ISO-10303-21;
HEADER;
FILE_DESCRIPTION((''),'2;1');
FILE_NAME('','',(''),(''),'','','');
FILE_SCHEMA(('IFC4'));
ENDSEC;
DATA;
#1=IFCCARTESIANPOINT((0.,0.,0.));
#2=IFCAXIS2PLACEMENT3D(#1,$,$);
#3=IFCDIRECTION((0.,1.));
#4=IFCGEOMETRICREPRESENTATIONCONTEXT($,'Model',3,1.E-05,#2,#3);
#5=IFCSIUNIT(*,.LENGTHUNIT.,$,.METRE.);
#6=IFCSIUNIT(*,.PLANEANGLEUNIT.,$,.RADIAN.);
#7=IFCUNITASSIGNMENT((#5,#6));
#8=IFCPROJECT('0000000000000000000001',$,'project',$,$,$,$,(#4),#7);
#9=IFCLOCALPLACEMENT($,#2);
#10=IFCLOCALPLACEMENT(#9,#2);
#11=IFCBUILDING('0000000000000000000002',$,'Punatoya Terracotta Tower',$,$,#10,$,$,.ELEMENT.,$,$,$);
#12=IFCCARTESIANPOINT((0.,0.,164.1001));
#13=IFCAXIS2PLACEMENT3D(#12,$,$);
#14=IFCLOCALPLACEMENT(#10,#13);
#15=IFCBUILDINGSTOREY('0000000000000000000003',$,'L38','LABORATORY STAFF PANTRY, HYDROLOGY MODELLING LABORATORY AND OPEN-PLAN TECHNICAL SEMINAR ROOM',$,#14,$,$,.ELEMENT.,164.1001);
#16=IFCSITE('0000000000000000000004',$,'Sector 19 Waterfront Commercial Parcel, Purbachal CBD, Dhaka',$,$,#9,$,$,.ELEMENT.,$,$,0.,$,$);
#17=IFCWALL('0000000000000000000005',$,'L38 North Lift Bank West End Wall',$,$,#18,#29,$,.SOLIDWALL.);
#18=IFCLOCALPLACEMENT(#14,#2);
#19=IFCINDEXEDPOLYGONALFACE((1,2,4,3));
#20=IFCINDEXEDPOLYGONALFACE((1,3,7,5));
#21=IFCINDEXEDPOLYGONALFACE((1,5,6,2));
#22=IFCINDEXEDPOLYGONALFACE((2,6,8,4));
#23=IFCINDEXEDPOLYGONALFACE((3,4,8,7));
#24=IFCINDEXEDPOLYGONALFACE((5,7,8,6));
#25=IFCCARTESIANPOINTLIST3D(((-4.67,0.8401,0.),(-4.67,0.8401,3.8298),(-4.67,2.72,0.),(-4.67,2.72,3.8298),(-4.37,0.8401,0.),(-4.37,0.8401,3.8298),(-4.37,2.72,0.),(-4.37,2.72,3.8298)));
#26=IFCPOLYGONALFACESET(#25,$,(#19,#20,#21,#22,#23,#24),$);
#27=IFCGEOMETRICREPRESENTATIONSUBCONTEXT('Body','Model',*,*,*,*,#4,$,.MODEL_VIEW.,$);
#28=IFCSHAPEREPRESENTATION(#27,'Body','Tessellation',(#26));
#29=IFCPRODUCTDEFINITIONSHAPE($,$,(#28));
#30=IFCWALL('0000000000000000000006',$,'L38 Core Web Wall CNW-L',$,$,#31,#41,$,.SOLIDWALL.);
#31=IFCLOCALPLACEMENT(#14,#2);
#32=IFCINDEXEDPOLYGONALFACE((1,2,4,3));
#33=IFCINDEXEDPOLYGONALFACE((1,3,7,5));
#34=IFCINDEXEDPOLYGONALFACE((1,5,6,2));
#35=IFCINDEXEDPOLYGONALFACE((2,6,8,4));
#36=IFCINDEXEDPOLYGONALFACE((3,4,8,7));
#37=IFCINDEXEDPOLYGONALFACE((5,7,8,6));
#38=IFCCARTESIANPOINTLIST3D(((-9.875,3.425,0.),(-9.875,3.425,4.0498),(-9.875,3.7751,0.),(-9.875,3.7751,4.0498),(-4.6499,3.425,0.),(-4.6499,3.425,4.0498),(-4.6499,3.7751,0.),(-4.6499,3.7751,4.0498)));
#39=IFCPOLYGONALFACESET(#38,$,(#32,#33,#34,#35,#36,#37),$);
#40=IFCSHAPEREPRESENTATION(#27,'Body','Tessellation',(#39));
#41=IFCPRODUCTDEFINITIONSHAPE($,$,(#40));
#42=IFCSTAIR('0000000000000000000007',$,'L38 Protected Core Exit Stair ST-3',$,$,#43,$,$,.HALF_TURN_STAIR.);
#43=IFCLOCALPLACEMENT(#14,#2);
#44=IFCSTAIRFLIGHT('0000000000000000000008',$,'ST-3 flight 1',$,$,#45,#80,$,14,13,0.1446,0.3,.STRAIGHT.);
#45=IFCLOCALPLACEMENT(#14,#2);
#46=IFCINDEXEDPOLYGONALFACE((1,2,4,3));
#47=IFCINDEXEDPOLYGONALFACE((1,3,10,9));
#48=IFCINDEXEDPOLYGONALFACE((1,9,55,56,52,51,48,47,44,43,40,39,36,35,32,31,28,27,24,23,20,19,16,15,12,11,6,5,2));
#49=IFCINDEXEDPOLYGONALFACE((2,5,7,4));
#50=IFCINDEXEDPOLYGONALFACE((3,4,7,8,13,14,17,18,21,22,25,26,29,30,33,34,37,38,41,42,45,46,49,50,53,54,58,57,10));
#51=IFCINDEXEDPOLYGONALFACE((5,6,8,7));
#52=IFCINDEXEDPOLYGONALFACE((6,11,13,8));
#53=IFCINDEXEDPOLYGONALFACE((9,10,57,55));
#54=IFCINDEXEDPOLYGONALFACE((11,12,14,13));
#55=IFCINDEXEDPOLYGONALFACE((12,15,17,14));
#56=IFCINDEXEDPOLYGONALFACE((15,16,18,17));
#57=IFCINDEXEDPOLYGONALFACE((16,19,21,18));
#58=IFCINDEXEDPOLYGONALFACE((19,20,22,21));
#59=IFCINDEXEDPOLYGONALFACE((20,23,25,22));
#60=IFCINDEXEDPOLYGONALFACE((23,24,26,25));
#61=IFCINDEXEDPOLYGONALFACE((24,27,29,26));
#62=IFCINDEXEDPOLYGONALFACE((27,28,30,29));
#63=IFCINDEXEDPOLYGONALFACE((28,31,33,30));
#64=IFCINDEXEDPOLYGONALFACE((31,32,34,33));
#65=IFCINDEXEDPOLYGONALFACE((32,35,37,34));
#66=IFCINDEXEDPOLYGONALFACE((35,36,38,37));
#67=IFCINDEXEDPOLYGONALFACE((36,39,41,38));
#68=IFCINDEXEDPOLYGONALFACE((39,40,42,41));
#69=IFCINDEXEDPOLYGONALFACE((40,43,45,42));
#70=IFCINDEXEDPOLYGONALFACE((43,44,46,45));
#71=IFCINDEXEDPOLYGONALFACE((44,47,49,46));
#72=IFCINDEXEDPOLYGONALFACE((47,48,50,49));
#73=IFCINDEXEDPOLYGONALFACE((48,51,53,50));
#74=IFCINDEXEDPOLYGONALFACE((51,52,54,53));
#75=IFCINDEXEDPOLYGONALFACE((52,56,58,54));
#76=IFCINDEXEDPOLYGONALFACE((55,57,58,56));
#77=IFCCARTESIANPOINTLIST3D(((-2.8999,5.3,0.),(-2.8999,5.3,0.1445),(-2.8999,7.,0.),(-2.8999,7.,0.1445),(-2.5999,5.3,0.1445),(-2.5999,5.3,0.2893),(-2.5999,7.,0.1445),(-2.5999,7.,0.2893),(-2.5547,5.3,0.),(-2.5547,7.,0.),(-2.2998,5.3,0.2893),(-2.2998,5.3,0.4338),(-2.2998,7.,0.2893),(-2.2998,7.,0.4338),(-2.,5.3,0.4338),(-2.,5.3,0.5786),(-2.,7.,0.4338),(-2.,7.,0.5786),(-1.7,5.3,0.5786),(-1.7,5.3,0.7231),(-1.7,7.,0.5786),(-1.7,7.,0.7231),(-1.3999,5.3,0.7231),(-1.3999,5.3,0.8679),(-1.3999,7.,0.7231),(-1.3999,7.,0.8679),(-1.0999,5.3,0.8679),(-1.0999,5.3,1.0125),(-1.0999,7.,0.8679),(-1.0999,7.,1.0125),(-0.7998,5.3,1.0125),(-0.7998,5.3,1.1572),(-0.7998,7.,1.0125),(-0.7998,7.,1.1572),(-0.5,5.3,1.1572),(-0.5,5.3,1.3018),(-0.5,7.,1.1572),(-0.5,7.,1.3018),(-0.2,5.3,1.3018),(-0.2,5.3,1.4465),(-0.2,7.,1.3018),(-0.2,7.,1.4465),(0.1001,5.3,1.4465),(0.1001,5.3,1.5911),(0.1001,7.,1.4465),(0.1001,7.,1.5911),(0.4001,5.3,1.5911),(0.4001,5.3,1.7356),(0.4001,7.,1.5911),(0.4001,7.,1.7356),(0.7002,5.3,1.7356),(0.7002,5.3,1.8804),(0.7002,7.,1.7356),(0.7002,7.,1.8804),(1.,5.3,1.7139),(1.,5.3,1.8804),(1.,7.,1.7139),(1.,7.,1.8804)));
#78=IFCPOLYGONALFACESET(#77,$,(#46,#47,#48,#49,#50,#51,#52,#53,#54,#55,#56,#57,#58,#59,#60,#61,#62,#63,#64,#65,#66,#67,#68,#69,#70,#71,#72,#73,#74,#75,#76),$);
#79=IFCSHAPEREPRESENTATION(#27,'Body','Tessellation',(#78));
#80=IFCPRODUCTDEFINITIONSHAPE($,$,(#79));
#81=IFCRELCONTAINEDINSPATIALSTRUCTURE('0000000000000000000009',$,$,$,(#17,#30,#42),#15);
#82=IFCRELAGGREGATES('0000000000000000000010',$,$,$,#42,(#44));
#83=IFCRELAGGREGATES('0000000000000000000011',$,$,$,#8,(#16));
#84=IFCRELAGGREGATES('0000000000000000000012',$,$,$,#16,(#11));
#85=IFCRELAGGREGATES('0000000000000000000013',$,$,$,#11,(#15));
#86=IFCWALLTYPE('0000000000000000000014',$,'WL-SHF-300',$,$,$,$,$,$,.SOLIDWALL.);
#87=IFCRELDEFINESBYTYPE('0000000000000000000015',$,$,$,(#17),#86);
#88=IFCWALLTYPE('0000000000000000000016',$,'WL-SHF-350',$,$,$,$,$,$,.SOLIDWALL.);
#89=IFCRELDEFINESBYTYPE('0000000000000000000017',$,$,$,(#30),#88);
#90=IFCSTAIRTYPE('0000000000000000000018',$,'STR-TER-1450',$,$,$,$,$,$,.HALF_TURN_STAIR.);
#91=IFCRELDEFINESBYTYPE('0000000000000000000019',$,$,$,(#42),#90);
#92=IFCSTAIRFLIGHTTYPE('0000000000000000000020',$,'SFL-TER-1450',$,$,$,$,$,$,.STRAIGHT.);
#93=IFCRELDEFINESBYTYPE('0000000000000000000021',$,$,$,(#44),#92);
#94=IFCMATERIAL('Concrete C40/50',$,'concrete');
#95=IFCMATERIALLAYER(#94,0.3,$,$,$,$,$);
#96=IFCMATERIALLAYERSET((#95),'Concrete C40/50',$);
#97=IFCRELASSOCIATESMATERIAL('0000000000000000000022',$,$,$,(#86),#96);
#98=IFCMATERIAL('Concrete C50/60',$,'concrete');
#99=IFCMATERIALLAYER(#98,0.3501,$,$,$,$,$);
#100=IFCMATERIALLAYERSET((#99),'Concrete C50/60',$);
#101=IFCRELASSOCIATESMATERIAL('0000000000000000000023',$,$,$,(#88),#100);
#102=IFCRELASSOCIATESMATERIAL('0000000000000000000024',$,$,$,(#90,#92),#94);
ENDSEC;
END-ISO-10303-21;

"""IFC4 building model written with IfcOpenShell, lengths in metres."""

from ifc_helpers import new_model, si_unit, direction, frame, frame_2d, origin, place, context, subcontext, project, spatial, polyline, rectangle, outline, extrude, material, layer, layer_set, type_object, element, aggregate, save


model = new_model("IFC4")

# Units and contexts
model_context = context("Model", 3, precision=1e-05, world=origin(), true_north=direction((0.0, 1.0)))
body_context = subcontext(model_context, "Body", "Model", "MODEL_VIEW")
ifc_project = project(units=[si_unit("LENGTHUNIT", "METRE"), si_unit("PLANEANGLEUNIT", "RADIAN")], contexts=[model_context])

# Site, building, storey
site_placement = place(None, origin())
site = spatial("IfcSite", under=ifc_project, at=site_placement, Name="Sector 19 Waterfront Commercial Parcel, Purbachal CBD, Dhaka", CompositionType="ELEMENT", RefElevation=0.0)
building_placement = place(site_placement, origin())
building = spatial("IfcBuilding", under=site, at=building_placement, Name="Punatoya Terracotta Tower", CompositionType="ELEMENT")
storey_placement = place(building_placement, frame((0.0, 0.0, 164.1001)))
storey = spatial("IfcBuildingStorey", under=building, at=storey_placement, Name="L38", Description="LABORATORY STAFF PANTRY, HYDROLOGY MODELLING LABORATORY AND OPEN-PLAN TECHNICAL SEMINAR ROOM", CompositionType="ELEMENT", Elevation=164.1001)

# Shared definitions
ifc_material_1 = material(Name="Concrete C40/50", Category="concrete")

# Shared definitions
ifc_layer_1 = layer(ifc_material_1, 0.3)
ifc_layer_set_1 = layer_set([ifc_layer_1], Name="Concrete C40/50")
wall_type_1 = type_object("IfcWallType", Name="WL-SHF-300", PredefinedType="SOLIDWALL", material=ifc_layer_set_1)

# Walls
wall_1_placement = place(storey_placement, frame((-4.52, 0.8401, 0.0), z_axis=(0.0, 0.0, 1.0), x_axis=(0.0, 1.0, 0.0)))
element("IfcWall", 1, at=wall_1_placement, inside=storey, type_object=wall_type_1, Name="L38 North Lift Bank West End Wall", PredefinedType="SOLIDWALL", context=body_context, shape_type="SweptSolid", body=[
    extrude(rectangle(XDim=1.8799, YDim=0.3, at=frame_2d((0.9399, 0.0))), origin(), (0.0, 0.0, 1.0), 3.8298),
])
ifc_material_2 = material(Name="Concrete C50/60", Category="concrete")
ifc_layer_2 = layer(ifc_material_2, 0.3501)
ifc_layer_set_2 = layer_set([ifc_layer_2], Name="Concrete C50/60")
wall_type_2 = type_object("IfcWallType", Name="WL-SHF-350", PredefinedType="SOLIDWALL", material=ifc_layer_set_2)
wall_2_placement = place(storey_placement, frame((-9.875, 3.6001, 0.0), z_axis=(0.0, 0.0, 1.0), x_axis=(1.0, 0.0, 0.0)))
element("IfcWall", 2, at=wall_2_placement, inside=storey, type_object=wall_type_2, Name="L38 Core Web Wall CNW-L", PredefinedType="SOLIDWALL", context=body_context, shape_type="SweptSolid", body=[
    extrude(rectangle(XDim=5.2251, YDim=0.3501, at=frame_2d((2.6125, 0.0))), origin(), (0.0, 0.0, 1.0), 4.0498),
])

# Stair, stair flight
stair_type = type_object("IfcStairType", Name="STR-TER-1450", PredefinedType="HALF_TURN_STAIR", material=ifc_material_1)
stair_placement = place(storey_placement, origin())
stair = element("IfcStair", 3, at=stair_placement, inside=storey, type_object=stair_type, Name="L38 Protected Core Exit Stair ST-3", PredefinedType="HALF_TURN_STAIR")
stair_flight_type = type_object("IfcStairFlightType", Name="SFL-TER-1450", PredefinedType="STRAIGHT", material=ifc_material_1)
stair_flight_placement = place(storey_placement, frame((-2.8999, 6.1499, 0.0), z_axis=(0.0, 0.0, 1.0), x_axis=(1.0, 0.0, 0.0)))
stair_flight = element("IfcStairFlight", 4, at=stair_flight_placement, type_object=stair_flight_type, Name="ST-3 flight 1", NumberOfRisers=14, NumberOfTreads=13, PredefinedType="STRAIGHT", RiserHeight=0.1446, TreadLength=0.3, context=body_context, shape_type="SweptSolid", body=[
    extrude(outline(polyline([(0.0, 0.0), (0.0, 0.1445), (0.3, 0.1445), (0.3, 0.2893), (0.6001, 0.2893), (0.6001, 0.4338), (0.8999, 0.4338), (0.8999, 0.5786), (1.2, 0.5786), (1.2, 0.7231), (1.5, 0.7231), (1.5, 0.8679), (1.8, 0.8679), (1.8, 1.0125), (2.1001, 1.0125), (2.1001, 1.1572), (2.3999, 1.1572), (2.3999, 1.3018), (2.7, 1.3018), (2.7, 1.4465), (3.0, 1.4465), (3.0, 1.5911), (3.3, 1.5911), (3.3, 1.7356), (3.6001, 1.7356), (3.6001, 1.8804), (3.8999, 1.8804), (3.8999, 2.0249), (3.8999, 1.7139), (0.3452, 0.0), (0.0, 0.0)])), frame((0.0, 0.8501, 0.0), z_axis=(0.0, -1.0, 0.0), x_axis=(1.0, 0.0, 0.0)), (0.0, 0.0, 1.0), 1.7),
])
aggregate(stair, [stair_flight])

save(model, "model.ifc")
